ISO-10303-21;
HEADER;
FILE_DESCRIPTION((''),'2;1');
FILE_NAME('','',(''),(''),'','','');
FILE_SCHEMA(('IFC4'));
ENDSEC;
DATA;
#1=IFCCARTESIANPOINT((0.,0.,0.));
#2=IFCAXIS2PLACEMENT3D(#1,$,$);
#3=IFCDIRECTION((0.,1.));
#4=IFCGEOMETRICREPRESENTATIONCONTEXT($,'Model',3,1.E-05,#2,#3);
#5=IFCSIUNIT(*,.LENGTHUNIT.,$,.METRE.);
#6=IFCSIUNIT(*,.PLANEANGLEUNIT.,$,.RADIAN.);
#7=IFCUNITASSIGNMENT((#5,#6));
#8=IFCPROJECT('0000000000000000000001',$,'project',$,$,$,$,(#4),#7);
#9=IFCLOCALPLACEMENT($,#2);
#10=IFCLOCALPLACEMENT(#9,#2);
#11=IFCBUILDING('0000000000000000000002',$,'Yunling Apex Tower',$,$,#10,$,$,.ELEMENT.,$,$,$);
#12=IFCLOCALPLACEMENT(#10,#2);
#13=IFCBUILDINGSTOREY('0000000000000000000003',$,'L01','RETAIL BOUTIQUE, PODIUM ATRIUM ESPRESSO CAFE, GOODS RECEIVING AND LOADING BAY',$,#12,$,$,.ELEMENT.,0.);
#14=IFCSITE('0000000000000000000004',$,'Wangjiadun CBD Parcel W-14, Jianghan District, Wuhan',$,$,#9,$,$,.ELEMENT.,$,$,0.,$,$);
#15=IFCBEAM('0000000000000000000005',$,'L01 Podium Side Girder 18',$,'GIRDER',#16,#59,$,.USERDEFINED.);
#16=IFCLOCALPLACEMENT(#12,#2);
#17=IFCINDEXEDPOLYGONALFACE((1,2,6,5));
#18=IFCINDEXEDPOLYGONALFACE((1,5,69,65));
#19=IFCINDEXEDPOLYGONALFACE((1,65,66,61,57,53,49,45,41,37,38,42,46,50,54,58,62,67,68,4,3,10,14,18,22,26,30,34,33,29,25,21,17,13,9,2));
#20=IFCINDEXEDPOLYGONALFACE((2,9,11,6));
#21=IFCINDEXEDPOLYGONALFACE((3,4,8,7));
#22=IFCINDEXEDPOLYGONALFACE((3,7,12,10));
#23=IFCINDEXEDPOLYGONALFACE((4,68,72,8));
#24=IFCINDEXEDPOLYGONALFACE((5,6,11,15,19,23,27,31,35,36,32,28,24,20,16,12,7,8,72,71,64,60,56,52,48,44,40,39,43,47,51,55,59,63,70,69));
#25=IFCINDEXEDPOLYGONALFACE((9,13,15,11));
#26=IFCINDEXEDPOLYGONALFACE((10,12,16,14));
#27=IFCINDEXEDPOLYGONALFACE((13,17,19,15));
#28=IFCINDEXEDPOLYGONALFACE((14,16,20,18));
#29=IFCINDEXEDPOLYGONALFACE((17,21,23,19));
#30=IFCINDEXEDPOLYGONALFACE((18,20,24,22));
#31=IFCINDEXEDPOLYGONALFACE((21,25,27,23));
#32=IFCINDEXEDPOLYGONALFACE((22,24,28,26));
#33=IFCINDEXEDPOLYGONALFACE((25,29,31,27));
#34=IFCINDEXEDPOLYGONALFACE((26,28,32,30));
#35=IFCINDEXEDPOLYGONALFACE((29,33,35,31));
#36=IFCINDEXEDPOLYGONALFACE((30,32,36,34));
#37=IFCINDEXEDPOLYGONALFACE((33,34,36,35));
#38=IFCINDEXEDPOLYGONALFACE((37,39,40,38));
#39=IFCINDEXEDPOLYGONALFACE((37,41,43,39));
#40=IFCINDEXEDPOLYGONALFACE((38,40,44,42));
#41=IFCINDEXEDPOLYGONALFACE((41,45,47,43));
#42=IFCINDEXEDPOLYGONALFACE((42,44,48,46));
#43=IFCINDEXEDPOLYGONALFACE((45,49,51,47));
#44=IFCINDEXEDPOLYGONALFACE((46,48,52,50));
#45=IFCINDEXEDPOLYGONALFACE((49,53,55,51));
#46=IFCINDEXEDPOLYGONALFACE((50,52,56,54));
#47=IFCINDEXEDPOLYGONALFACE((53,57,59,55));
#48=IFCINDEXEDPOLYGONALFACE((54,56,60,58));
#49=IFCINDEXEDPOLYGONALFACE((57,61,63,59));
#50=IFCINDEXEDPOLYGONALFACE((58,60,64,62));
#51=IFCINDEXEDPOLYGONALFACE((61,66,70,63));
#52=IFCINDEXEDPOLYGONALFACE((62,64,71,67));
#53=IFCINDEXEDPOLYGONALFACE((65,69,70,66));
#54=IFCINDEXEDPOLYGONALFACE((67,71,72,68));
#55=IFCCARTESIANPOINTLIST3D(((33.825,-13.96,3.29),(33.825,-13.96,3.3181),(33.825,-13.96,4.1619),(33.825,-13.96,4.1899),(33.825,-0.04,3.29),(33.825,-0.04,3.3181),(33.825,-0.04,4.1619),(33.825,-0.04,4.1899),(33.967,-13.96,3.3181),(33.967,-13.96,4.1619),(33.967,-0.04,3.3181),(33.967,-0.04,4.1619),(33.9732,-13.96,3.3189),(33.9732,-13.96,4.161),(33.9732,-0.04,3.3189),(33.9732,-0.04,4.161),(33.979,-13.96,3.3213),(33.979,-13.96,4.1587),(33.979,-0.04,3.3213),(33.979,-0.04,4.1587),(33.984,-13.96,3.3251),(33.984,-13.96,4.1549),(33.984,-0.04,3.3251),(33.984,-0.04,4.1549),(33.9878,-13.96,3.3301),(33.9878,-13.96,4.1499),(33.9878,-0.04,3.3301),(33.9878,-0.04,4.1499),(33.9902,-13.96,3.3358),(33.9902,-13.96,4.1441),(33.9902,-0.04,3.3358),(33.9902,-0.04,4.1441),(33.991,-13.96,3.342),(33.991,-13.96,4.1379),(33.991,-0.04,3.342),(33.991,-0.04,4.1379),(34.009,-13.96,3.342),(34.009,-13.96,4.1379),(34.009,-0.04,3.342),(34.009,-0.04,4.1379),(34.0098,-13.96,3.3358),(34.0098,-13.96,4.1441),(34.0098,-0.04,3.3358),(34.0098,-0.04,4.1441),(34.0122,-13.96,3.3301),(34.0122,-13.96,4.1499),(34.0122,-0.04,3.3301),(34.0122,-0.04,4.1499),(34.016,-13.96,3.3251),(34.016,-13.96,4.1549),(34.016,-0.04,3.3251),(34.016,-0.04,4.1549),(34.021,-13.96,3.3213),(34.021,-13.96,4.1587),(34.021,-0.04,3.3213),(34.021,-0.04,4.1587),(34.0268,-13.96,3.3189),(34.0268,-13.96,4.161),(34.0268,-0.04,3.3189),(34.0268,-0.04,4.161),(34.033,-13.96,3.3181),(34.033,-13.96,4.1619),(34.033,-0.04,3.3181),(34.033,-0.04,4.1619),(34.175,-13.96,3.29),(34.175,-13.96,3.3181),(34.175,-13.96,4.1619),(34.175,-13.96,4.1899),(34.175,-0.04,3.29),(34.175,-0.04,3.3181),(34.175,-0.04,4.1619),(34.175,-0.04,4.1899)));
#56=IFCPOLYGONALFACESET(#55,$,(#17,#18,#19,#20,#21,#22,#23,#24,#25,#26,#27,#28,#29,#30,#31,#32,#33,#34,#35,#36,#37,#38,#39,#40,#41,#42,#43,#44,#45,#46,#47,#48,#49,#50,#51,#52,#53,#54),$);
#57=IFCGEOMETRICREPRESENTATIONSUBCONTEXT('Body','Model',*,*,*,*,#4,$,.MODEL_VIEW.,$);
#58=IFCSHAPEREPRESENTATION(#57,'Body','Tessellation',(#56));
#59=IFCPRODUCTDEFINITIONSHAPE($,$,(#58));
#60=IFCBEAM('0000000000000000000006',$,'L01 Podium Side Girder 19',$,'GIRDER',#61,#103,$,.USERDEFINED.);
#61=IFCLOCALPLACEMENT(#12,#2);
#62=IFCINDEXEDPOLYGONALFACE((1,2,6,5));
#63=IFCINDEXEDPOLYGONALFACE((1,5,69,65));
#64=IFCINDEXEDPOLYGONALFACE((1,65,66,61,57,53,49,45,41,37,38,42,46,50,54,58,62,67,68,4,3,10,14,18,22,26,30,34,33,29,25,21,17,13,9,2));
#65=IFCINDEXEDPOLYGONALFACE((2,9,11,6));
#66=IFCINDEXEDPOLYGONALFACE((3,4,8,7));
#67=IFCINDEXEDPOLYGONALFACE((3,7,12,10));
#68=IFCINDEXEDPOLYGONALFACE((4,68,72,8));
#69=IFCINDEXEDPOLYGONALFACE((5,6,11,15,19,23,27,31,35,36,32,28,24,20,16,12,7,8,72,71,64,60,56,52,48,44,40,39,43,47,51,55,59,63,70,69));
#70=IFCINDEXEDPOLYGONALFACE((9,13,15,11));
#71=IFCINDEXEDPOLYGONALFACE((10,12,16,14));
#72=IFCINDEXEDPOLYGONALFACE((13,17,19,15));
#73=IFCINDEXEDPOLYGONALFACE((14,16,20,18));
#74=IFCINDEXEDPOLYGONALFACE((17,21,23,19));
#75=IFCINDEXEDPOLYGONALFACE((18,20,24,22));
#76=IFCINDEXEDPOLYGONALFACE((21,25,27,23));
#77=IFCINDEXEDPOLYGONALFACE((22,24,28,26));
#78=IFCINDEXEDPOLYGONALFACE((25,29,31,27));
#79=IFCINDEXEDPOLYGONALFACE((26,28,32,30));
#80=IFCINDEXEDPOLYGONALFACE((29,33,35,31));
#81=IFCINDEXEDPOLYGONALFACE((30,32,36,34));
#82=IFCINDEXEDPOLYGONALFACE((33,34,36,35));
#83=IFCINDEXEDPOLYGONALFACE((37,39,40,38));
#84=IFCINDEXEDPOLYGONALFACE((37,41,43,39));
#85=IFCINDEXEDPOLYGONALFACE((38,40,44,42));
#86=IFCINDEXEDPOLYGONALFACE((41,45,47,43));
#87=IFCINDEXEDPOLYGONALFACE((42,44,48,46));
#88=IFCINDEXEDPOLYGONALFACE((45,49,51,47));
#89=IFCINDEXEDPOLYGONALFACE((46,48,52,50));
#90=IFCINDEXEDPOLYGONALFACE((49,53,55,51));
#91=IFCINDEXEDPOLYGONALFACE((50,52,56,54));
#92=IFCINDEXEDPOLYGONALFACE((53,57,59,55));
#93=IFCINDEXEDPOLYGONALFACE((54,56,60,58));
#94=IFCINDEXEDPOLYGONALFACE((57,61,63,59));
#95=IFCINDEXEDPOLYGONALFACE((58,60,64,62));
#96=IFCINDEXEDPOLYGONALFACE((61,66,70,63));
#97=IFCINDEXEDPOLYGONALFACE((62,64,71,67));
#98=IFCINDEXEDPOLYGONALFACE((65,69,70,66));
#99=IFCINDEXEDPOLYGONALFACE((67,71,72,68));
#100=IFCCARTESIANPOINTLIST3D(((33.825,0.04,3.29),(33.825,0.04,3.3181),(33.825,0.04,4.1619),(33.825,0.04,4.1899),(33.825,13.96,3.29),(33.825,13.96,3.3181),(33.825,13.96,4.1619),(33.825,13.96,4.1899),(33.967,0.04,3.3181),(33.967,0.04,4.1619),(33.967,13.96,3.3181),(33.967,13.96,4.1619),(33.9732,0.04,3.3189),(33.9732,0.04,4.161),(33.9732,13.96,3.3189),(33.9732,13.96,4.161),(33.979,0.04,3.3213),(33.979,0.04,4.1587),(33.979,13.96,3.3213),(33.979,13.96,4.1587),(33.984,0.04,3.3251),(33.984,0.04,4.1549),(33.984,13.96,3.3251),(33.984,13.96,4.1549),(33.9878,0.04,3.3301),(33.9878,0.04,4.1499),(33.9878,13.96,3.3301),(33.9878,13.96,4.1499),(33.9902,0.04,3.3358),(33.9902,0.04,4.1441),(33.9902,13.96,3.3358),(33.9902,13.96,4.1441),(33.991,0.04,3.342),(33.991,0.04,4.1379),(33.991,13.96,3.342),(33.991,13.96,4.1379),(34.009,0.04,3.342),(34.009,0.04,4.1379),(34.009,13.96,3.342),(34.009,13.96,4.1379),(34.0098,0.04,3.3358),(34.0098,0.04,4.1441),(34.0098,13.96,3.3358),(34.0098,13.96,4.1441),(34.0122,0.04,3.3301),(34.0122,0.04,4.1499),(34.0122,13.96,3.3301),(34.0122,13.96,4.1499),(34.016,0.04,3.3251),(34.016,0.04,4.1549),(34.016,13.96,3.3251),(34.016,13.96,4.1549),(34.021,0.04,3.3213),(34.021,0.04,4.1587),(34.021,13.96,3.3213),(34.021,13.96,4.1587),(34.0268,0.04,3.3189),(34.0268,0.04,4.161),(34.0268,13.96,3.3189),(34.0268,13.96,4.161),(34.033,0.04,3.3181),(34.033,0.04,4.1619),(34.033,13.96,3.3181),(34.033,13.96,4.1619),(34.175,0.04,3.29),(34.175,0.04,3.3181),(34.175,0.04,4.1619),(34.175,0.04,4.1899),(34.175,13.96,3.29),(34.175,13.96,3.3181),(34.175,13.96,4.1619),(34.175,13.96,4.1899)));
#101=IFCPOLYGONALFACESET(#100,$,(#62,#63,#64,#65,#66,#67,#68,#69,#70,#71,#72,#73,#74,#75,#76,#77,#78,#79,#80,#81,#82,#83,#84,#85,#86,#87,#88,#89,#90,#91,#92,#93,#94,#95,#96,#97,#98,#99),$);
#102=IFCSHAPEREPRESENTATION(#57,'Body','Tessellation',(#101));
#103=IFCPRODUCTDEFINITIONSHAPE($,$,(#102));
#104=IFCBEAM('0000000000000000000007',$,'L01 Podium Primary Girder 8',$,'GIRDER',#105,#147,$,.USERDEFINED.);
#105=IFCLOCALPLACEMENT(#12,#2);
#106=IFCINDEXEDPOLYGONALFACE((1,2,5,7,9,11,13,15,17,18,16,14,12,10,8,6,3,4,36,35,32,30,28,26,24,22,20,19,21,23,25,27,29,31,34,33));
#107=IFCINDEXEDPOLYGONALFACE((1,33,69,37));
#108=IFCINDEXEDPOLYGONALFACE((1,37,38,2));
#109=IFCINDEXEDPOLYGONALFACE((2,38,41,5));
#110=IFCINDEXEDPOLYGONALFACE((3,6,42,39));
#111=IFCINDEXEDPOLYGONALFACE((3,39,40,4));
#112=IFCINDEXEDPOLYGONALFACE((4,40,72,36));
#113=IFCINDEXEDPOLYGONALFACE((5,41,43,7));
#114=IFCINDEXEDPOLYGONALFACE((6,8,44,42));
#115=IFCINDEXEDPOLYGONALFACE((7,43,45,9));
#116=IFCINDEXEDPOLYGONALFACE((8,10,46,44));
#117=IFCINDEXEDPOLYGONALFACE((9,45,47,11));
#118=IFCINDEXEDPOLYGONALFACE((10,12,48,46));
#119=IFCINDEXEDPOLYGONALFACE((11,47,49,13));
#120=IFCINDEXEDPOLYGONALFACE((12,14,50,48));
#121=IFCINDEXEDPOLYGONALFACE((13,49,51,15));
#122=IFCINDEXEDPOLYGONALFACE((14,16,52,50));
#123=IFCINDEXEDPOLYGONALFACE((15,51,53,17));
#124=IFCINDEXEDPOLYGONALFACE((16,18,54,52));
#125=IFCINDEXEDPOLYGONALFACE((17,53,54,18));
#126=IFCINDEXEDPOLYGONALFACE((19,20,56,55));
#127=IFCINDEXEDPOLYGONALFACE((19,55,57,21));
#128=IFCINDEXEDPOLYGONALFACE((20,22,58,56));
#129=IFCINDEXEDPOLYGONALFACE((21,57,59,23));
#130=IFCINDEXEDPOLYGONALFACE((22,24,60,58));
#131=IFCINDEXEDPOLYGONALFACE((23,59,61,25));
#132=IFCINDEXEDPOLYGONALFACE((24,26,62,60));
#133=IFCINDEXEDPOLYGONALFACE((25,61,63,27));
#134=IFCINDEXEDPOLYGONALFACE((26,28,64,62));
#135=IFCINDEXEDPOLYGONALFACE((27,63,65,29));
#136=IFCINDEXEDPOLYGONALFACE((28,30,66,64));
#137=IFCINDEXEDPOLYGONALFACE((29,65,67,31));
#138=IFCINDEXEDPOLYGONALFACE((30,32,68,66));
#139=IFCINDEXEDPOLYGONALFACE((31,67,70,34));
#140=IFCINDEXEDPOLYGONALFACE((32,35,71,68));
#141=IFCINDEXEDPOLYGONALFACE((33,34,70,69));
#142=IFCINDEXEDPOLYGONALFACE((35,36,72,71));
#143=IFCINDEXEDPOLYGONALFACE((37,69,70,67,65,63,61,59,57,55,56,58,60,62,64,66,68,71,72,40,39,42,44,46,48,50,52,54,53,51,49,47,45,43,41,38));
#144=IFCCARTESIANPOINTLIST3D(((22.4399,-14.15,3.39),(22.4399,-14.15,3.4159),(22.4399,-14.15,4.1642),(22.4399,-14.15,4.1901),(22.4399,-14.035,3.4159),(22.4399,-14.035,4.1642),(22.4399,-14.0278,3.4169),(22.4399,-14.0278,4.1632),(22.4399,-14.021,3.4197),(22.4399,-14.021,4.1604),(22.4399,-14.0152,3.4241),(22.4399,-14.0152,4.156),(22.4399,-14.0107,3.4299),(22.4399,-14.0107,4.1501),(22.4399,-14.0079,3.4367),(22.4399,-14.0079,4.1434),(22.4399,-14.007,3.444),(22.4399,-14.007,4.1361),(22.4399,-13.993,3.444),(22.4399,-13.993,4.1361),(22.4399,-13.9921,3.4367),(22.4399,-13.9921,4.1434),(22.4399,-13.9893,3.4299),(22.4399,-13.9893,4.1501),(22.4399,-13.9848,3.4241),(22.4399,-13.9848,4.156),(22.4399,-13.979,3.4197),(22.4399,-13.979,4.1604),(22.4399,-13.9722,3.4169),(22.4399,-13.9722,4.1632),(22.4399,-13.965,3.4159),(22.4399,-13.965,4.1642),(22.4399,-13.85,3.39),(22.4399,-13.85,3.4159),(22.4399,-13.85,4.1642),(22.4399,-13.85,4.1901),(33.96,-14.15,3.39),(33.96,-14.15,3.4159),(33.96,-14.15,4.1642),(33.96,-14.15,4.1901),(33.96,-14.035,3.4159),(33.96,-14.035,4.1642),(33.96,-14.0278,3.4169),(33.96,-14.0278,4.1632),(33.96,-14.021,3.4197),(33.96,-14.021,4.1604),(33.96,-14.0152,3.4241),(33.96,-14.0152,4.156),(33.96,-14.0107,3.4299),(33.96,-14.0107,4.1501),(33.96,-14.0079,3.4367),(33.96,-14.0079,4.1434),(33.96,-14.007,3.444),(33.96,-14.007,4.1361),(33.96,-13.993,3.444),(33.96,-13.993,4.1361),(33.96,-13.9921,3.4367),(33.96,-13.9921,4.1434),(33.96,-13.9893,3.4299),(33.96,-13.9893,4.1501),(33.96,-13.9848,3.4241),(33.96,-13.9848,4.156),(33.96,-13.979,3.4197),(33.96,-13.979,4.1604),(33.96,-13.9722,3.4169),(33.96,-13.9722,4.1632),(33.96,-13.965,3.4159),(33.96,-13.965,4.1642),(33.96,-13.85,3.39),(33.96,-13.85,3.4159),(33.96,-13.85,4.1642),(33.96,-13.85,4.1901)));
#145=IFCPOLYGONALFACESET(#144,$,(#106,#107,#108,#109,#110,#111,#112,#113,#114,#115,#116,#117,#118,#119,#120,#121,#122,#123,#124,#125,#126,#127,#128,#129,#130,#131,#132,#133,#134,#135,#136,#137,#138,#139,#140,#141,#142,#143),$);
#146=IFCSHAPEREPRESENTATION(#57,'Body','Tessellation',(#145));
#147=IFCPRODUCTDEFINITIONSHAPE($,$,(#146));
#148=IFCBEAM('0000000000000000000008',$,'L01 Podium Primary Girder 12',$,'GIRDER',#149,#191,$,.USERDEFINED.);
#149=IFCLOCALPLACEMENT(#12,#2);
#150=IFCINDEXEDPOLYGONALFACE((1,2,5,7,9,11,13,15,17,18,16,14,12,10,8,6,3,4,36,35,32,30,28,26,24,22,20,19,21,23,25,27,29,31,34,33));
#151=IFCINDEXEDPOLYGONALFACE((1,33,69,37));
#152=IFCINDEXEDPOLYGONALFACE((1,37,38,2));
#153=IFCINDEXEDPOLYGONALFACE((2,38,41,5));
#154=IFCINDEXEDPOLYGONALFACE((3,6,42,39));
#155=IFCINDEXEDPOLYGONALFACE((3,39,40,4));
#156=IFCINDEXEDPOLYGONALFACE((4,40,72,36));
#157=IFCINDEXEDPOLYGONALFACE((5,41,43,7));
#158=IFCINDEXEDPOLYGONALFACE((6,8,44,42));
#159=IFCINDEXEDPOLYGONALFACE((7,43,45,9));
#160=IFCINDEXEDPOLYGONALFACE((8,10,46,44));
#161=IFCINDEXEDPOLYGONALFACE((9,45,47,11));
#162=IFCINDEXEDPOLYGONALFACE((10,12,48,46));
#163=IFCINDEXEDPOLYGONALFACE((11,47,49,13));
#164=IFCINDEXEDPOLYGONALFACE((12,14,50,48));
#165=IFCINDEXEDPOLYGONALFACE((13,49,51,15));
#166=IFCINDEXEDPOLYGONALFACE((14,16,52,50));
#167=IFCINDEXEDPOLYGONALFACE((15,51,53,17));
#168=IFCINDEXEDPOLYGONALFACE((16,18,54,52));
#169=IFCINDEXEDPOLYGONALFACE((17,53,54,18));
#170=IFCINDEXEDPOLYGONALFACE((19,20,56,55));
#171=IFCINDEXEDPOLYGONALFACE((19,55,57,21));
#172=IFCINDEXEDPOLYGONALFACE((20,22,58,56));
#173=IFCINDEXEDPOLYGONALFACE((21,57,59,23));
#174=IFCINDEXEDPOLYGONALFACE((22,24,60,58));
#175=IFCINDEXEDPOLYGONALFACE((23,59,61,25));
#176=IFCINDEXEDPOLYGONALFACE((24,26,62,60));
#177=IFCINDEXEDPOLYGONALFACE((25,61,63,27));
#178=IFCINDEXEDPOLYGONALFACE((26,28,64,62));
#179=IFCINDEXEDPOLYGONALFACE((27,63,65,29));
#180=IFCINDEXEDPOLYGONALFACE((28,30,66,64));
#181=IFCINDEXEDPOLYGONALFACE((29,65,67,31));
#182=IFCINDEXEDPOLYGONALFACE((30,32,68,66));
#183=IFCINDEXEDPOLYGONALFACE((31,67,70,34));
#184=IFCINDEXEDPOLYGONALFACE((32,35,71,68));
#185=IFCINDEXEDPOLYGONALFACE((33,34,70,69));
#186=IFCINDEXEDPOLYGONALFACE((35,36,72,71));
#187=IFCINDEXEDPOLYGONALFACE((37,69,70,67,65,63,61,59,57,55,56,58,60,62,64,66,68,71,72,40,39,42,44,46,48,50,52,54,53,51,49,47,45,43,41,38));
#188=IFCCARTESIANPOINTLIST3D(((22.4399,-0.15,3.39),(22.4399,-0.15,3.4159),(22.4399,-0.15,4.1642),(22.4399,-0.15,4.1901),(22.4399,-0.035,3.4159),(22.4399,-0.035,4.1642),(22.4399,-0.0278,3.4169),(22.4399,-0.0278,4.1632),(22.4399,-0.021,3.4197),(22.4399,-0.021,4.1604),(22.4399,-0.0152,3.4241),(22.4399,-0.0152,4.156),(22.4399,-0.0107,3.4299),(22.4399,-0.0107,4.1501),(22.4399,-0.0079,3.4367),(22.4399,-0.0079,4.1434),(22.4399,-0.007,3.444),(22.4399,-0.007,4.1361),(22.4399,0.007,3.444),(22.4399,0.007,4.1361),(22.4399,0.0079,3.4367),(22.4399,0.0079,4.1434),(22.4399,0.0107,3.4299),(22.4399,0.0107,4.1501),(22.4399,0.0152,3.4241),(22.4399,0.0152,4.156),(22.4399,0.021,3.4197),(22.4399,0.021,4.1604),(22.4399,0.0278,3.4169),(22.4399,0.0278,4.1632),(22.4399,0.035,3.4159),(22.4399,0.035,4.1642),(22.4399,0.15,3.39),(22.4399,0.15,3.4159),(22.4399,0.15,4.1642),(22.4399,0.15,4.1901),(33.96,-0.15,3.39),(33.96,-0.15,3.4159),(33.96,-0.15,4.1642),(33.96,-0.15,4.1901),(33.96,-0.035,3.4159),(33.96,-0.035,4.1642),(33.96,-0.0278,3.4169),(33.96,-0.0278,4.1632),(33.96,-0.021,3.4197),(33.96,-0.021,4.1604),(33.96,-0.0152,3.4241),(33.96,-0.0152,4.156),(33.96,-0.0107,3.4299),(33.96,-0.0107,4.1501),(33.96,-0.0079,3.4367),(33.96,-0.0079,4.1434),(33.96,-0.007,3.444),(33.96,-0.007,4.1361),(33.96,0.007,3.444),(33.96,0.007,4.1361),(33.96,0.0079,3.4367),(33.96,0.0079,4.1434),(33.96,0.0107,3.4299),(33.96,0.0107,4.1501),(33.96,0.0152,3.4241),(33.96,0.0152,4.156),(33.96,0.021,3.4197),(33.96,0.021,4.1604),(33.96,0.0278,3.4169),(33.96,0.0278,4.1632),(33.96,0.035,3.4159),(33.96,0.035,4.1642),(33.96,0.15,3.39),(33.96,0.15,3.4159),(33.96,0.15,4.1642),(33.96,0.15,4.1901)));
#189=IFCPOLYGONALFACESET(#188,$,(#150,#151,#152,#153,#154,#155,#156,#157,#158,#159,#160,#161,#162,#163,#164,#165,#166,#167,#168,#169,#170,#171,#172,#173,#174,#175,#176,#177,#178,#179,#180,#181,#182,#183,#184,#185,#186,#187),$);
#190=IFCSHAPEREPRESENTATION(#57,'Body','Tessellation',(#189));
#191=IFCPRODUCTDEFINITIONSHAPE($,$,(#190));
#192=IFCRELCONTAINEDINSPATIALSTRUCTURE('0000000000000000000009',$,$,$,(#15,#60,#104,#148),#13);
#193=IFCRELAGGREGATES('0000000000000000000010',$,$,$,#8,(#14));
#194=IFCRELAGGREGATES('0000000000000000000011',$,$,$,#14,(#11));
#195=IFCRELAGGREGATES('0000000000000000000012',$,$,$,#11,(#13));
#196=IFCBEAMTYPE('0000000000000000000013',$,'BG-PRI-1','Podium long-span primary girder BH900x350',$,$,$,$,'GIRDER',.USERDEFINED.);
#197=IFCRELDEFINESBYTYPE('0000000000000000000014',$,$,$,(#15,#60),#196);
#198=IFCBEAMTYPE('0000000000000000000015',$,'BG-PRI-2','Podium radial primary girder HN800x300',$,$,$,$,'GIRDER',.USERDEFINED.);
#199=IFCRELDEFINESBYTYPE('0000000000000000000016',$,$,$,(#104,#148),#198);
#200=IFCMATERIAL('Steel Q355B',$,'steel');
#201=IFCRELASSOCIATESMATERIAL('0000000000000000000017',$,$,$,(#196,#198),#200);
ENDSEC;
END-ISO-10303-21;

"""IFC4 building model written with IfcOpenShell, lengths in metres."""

from ifc_helpers import new_model, si_unit, direction, frame, origin, origin_2d, place, context, subcontext, project, spatial, i_section, extrude, source, transform, mapped, material, material_profile, profile_set, type_object, element, save


model = new_model("IFC4")

# Units and contexts
model_context = context("Model", 3, precision=1e-05, world=origin(), true_north=direction((0.0, 1.0)))
body_context = subcontext(model_context, "Body", "Model", "MODEL_VIEW")
ifc_project = project(units=[si_unit("LENGTHUNIT", "METRE"), si_unit("PLANEANGLEUNIT", "RADIAN")], contexts=[model_context])

# Site, building, storey
site_placement = place(None, origin())
site = spatial("IfcSite", under=ifc_project, at=site_placement, Name="Wangjiadun CBD Parcel W-14, Jianghan District, Wuhan", CompositionType="ELEMENT", RefElevation=0.0)
building_placement = place(site_placement, origin())
building = spatial("IfcBuilding", under=site, at=building_placement, Name="Yunling Apex Tower", CompositionType="ELEMENT")
storey_placement = place(building_placement, origin())
storey = spatial("IfcBuildingStorey", under=building, at=storey_placement, Name="L01", Description="RETAIL BOUTIQUE, PODIUM ATRIUM ESPRESSO CAFE, GOODS RECEIVING AND LOADING BAY", CompositionType="ELEMENT", Elevation=0.0)

# Beams
ifc_material_1 = material(Name="Steel Q355B", Category="steel")
ifc_material_profile_1 = material_profile(ifc_material_1, i_section(OverallWidth=0.3501, OverallDepth=0.8999, WebThickness=0.0181, FlangeThickness=0.0281, FilletRadius=0.0239, at=origin_2d()))
ifc_profile_set_1 = profile_set([ifc_material_profile_1], Name="Steel Q355B")
beam_type_1 = type_object("IfcBeamType", Name="BG-PRI-1", Description="Podium long-span primary girder BH900x350", ElementType="GIRDER", PredefinedType="USERDEFINED", material=ifc_profile_set_1)
shared_shape_1 = source(origin(), body_context, "Body", "SweptSolid", [
    extrude(i_section(OverallWidth=0.3501, OverallDepth=0.8999, WebThickness=0.0181, FlangeThickness=0.0281, FilletRadius=0.0239, at=origin_2d()), origin(), (0.0, 0.0, 1.0), 13.9199),
])
for number, where, z_axis, x_axis, name in (
    (1, (34.0, -13.96, 3.74), (0.0, 1.0, 0.0), (-1.0, 0.0, 0.0), "L01 Podium Side Girder 18"),
    (2, (34.0, 0.04, 3.74), (0.0, 1.0, 0.0), (-1.0, 0.0, 0.0), "L01 Podium Side Girder 19"),
):
    element("IfcBeam", number, at=place(storey_placement, frame(where, z_axis=z_axis, x_axis=x_axis)), inside=storey, type_object=beam_type_1, Name=name, ObjectType="GIRDER", PredefinedType="USERDEFINED", context=body_context, shape_type="MappedRepresentation", body=[
        mapped(shared_shape_1, transform((0.0, 0.0, 0.0), scale=1.0)),
    ])
ifc_material_profile_2 = material_profile(ifc_material_1, i_section(OverallWidth=0.3, OverallDepth=0.8, WebThickness=0.0139, FlangeThickness=0.0259, FilletRadius=0.0281, at=origin_2d()))
ifc_profile_set_2 = profile_set([ifc_material_profile_2], Name="Steel Q355B")
beam_type_2 = type_object("IfcBeamType", Name="BG-PRI-2", Description="Podium radial primary girder HN800x300", ElementType="GIRDER", PredefinedType="USERDEFINED", material=ifc_profile_set_2)
shared_shape_2 = source(origin(), body_context, "Body", "SweptSolid", [
    extrude(i_section(OverallWidth=0.3, OverallDepth=0.8, WebThickness=0.0139, FlangeThickness=0.0259, FilletRadius=0.0281, at=origin_2d()), origin(), (0.0, 0.0, 1.0), 11.52),
])
for number, where, z_axis, x_axis, name in (
    (3, (22.4399, -14.0, 3.79), (1.0, 0.0, 0.0), (0.0, 1.0, 0.0), "L01 Podium Primary Girder 8"),
    (4, (22.4399, 0.0, 3.79), (1.0, 0.0, 0.0), (0.0, 1.0, 0.0), "L01 Podium Primary Girder 12"),
):
    element("IfcBeam", number, at=place(storey_placement, frame(where, z_axis=z_axis, x_axis=x_axis)), inside=storey, type_object=beam_type_2, Name=name, ObjectType="GIRDER", PredefinedType="USERDEFINED", context=body_context, shape_type="MappedRepresentation", body=[
        mapped(shared_shape_2, transform((0.0, 0.0, 0.0), scale=1.0)),
    ])

save(model, "model.ifc")
